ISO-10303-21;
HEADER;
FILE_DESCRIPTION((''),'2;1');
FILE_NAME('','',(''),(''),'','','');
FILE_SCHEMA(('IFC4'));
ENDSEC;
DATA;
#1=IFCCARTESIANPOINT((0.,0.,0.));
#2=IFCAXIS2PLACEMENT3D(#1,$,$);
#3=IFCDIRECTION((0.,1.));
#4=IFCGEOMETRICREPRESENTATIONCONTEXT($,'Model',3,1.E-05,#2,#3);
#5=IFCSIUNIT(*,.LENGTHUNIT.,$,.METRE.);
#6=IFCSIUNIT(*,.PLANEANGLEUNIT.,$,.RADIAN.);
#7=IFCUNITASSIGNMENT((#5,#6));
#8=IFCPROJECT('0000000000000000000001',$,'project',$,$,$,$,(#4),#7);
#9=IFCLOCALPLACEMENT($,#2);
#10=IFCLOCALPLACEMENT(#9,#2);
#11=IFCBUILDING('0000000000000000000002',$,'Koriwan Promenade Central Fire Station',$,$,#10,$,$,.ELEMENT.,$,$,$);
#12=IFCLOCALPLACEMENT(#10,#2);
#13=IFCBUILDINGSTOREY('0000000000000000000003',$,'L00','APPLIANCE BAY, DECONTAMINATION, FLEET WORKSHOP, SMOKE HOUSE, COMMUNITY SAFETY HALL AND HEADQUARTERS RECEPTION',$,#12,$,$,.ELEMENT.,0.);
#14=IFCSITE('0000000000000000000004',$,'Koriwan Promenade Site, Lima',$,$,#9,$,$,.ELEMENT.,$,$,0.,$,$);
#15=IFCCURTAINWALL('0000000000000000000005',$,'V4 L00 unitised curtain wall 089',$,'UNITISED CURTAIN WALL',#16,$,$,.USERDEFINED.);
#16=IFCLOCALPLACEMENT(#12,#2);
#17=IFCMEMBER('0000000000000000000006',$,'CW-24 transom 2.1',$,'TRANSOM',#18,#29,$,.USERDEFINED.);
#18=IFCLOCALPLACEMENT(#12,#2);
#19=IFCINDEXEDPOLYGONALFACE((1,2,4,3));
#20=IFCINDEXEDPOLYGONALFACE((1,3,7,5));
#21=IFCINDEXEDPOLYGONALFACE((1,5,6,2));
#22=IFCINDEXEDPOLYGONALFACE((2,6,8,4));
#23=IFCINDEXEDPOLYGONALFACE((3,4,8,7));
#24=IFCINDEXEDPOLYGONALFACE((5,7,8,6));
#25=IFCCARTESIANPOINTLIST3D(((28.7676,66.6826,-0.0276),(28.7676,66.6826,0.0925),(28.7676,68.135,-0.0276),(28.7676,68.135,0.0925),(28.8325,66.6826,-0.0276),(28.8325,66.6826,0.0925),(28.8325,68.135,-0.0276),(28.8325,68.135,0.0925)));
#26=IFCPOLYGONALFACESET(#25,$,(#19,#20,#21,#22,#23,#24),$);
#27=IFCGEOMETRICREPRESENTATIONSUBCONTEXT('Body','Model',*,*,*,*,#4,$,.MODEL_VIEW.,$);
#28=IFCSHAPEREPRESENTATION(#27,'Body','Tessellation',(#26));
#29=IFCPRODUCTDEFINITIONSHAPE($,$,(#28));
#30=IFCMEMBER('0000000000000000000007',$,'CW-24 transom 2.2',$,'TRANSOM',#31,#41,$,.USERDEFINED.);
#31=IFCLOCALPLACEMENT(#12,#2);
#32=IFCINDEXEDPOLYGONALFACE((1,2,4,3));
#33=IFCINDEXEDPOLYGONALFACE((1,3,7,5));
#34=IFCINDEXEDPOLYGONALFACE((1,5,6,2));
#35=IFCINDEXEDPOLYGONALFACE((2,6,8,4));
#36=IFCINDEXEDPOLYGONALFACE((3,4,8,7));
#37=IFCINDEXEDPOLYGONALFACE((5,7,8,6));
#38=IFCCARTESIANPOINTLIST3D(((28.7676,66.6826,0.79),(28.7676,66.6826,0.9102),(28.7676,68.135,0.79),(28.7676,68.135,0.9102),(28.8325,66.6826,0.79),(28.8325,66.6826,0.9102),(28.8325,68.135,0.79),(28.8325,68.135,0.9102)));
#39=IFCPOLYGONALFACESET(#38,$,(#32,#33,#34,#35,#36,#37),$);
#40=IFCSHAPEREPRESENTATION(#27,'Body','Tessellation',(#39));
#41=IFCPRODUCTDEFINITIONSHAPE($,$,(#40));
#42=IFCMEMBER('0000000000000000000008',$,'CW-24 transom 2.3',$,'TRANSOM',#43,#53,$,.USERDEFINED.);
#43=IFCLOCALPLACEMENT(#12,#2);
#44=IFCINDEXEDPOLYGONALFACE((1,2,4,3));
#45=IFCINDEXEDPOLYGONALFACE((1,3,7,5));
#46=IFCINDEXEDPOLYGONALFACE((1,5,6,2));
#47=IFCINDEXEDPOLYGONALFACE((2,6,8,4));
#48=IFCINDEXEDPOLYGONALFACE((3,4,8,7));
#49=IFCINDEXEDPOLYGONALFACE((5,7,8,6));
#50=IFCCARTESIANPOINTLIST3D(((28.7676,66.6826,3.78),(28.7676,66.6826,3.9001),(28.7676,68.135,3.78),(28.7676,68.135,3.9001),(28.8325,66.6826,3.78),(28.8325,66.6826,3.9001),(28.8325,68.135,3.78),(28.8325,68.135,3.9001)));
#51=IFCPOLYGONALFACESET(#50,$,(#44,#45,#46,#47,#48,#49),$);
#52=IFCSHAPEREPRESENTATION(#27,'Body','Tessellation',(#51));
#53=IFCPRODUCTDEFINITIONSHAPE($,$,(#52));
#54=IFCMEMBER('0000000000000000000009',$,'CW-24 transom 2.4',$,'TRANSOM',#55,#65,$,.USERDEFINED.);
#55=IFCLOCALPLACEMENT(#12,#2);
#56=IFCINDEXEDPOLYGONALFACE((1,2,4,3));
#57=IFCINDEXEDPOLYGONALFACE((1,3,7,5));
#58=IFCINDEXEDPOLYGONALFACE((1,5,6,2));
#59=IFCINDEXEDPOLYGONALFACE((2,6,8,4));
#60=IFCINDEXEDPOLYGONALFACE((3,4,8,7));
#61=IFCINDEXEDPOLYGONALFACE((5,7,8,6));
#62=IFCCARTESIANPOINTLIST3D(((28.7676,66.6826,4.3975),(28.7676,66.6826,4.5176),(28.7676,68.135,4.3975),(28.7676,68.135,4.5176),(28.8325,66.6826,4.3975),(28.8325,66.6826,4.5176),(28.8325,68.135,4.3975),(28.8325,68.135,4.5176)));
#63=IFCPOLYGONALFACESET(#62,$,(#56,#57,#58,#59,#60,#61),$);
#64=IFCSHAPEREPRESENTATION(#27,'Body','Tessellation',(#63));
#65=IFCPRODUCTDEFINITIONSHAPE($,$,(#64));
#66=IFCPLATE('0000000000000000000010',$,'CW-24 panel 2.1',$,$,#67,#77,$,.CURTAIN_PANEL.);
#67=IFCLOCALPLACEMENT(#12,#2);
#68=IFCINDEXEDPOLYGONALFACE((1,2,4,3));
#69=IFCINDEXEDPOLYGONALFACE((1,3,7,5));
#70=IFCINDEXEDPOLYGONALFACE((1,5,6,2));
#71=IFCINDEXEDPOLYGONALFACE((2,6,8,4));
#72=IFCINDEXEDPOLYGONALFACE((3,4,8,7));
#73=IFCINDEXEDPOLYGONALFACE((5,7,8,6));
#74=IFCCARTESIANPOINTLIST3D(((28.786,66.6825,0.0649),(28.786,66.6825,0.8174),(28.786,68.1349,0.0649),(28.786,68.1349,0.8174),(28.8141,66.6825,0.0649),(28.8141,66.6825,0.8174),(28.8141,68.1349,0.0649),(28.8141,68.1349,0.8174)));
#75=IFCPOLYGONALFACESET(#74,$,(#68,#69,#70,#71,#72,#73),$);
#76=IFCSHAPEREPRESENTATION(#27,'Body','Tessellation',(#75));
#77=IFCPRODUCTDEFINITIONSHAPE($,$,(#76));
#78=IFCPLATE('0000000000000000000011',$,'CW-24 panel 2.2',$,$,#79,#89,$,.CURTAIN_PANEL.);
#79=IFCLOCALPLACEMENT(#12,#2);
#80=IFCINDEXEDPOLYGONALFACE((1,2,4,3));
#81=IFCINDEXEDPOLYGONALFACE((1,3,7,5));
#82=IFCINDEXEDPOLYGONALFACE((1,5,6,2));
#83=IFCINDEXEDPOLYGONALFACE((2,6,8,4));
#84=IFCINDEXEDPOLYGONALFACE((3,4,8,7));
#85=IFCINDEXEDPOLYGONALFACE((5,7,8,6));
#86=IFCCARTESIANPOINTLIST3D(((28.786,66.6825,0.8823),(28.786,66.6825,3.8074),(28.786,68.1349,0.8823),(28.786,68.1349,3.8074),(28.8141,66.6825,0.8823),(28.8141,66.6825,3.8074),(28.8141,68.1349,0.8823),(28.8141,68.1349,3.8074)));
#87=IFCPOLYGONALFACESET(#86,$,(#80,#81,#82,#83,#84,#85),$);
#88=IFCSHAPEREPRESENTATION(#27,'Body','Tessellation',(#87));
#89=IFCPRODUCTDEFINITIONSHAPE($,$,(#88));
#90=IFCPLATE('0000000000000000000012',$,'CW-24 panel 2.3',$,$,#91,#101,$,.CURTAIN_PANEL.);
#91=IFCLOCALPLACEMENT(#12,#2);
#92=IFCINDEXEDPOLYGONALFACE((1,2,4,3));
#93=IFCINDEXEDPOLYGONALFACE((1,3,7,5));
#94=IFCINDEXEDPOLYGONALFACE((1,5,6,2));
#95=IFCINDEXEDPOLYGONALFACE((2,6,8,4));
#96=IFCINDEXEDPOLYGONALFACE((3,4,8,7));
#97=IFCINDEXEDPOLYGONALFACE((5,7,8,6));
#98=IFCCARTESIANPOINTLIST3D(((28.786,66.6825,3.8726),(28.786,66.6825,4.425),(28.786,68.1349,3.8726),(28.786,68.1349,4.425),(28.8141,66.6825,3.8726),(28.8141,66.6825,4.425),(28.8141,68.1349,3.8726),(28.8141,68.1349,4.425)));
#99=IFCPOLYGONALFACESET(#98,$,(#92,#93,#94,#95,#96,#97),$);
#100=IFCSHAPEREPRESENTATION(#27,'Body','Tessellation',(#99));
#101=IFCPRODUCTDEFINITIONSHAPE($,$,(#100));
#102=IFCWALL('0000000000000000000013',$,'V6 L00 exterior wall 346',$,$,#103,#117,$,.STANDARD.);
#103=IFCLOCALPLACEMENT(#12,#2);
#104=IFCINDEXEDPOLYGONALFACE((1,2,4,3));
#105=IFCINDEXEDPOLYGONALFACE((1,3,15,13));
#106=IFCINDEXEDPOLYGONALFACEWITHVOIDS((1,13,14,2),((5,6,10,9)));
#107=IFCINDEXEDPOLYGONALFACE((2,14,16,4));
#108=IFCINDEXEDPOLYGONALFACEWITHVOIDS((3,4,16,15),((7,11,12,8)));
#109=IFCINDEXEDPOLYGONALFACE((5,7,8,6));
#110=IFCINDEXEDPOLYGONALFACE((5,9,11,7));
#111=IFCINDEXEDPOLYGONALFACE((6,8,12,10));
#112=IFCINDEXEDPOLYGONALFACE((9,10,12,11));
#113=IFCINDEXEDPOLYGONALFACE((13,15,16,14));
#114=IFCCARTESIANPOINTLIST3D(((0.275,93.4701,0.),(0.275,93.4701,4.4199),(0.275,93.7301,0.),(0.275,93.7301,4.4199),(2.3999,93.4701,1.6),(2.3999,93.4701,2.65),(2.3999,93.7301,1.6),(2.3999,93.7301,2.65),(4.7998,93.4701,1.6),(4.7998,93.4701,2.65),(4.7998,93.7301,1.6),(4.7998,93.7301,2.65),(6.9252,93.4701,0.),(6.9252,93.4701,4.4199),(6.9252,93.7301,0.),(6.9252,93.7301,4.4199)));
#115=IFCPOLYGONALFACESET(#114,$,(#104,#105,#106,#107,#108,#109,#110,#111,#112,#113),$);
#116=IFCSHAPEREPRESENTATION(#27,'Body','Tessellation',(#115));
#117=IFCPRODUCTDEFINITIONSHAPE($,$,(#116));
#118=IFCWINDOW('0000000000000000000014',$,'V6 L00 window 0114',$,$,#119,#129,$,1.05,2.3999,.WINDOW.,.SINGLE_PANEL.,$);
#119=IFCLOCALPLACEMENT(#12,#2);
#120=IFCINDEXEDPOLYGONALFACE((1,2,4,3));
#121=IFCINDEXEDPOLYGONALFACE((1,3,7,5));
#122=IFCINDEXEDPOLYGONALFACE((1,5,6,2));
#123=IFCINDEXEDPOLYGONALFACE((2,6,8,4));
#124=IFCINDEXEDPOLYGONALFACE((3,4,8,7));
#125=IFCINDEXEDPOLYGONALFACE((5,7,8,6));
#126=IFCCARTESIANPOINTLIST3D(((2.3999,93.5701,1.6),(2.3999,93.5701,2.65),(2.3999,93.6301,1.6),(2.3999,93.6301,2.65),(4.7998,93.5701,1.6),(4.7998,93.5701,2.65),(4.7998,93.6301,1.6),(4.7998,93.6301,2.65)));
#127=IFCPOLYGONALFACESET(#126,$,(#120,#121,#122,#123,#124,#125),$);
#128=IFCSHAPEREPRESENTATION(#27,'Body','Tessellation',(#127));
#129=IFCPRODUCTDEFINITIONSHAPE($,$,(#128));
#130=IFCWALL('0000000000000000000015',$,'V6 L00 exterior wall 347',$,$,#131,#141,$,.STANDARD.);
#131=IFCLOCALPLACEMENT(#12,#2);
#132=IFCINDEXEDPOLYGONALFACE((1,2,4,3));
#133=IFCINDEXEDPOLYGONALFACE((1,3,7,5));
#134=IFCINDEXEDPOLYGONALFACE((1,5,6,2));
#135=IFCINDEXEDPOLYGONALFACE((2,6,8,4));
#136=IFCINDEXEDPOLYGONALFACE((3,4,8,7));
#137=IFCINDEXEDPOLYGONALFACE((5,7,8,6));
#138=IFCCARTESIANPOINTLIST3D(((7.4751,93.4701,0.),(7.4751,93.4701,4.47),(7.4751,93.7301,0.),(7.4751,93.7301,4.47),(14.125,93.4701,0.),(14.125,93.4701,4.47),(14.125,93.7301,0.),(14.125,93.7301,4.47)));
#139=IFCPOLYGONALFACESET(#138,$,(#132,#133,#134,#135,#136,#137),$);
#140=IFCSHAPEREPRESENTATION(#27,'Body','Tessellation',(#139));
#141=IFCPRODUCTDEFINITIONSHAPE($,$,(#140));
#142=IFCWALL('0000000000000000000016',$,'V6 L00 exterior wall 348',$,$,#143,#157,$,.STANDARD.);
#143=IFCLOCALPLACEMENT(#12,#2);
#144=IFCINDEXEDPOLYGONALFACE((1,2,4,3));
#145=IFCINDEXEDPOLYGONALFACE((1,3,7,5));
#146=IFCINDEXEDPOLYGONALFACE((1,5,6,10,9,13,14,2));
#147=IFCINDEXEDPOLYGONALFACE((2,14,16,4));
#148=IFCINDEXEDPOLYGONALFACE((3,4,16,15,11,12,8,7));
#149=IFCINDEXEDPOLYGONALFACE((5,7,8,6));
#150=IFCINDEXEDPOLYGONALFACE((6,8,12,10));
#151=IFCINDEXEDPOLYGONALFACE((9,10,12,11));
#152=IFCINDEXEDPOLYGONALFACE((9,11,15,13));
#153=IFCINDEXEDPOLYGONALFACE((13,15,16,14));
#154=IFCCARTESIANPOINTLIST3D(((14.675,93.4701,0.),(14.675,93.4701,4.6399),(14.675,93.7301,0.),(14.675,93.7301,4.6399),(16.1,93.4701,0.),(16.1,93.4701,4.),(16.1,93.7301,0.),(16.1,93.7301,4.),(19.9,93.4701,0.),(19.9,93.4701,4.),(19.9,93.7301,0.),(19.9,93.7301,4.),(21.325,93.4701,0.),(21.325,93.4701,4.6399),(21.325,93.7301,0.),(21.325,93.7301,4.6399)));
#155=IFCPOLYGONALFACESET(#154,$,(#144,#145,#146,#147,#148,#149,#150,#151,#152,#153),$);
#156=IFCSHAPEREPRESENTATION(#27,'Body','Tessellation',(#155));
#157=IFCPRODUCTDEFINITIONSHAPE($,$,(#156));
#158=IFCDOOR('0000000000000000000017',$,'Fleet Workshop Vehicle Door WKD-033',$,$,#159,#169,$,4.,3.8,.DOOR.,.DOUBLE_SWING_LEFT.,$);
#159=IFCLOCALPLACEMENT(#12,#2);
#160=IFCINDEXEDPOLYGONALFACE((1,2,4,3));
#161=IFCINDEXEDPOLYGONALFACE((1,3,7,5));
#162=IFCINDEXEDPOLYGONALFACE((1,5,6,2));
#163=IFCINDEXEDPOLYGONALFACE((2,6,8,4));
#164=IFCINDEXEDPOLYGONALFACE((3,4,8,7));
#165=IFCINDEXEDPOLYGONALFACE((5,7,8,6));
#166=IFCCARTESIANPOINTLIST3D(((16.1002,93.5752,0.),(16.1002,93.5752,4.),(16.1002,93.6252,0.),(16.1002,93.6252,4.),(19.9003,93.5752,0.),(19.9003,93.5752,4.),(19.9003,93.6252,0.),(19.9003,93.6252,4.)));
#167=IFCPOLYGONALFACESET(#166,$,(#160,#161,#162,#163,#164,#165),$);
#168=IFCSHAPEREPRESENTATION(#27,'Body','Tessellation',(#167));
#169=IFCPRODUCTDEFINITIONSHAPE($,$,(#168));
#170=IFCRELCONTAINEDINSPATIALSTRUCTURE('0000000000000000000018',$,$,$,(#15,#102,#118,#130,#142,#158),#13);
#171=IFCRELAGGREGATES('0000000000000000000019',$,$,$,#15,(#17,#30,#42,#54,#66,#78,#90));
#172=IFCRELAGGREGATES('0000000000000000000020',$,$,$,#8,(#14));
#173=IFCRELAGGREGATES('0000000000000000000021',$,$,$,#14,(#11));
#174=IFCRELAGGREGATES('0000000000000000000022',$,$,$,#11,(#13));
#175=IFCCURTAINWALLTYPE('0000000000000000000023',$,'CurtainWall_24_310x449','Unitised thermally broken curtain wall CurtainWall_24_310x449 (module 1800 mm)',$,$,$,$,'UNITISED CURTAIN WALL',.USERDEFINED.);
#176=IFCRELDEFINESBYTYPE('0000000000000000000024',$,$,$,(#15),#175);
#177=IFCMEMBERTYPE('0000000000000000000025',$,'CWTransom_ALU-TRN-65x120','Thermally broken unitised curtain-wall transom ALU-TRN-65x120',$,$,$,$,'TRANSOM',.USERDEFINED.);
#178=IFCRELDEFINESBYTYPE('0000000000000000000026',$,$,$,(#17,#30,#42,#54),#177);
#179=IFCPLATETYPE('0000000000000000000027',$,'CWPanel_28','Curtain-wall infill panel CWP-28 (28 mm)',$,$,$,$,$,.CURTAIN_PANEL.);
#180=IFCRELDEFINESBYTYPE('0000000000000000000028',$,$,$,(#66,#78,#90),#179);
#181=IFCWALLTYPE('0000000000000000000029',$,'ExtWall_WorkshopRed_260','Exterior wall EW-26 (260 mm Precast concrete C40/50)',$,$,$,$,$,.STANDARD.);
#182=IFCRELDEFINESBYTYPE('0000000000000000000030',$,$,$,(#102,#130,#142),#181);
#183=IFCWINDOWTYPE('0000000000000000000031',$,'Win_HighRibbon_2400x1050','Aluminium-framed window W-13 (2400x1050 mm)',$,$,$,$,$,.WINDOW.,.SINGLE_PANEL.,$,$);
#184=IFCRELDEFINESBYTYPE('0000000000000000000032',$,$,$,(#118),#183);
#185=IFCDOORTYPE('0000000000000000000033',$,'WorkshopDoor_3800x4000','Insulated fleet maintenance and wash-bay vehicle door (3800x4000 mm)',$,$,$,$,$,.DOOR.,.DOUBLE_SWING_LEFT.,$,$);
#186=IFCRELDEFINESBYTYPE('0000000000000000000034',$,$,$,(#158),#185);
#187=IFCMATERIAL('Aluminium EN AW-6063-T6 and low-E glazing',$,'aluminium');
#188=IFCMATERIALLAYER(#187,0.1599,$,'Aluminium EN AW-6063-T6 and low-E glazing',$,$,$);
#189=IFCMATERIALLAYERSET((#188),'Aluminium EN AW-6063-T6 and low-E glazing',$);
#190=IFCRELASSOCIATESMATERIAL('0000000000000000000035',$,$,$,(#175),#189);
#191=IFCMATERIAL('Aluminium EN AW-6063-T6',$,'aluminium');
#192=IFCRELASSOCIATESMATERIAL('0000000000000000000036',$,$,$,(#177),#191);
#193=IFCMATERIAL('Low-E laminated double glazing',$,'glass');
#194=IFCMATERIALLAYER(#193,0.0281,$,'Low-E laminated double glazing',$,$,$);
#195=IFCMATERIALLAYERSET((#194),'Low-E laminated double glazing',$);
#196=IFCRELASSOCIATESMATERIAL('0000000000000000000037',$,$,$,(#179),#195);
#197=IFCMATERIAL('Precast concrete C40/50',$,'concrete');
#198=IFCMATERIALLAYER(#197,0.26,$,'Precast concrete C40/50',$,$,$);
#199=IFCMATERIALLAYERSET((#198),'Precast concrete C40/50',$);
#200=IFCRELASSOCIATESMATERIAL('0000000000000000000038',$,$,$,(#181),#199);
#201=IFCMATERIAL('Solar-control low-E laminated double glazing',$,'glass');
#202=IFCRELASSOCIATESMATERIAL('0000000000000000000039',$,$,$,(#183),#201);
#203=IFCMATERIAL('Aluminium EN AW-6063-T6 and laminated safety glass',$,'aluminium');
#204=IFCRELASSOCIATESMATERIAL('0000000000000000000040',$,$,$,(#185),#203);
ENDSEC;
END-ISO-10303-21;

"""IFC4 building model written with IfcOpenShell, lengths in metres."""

from ifc_helpers import new_model, si_unit, direction, frame, frame_2d, origin, origin_2d, place, context, subcontext, project, spatial, rectangle, extrude, material, layer, layer_set, material_profile, profile_set, type_object, element, fill, aggregate, save


model = new_model("IFC4")

# Units and contexts
model_context = context("Model", 3, precision=1e-05, world=origin(), true_north=direction((0.0, 1.0)))
body_context = subcontext(model_context, "Body", "Model", "MODEL_VIEW")
ifc_project = project(units=[si_unit("LENGTHUNIT", "METRE"), si_unit("PLANEANGLEUNIT", "RADIAN")], contexts=[model_context])

# Site, building, storey
site_placement = place(None, origin())
site = spatial("IfcSite", under=ifc_project, at=site_placement, Name="Koriwan Promenade Site, Lima", CompositionType="ELEMENT", RefElevation=0.0)
building_placement = place(site_placement, origin())
building = spatial("IfcBuilding", under=site, at=building_placement, Name="Koriwan Promenade Central Fire Station", CompositionType="ELEMENT")
storey_placement = place(building_placement, origin())
storey = spatial("IfcBuildingStorey", under=building, at=storey_placement, Name="L00", Description="APPLIANCE BAY, DECONTAMINATION, FLEET WORKSHOP, SMOKE HOUSE, COMMUNITY SAFETY HALL AND HEADQUARTERS RECEPTION", CompositionType="ELEMENT", Elevation=0.0)

# Curtain wall, members, plates
ifc_material_1 = material(Name="Aluminium EN AW-6063-T6 and low-E glazing", Category="aluminium")
ifc_layer_1 = layer(ifc_material_1, 0.1599, Name="Aluminium EN AW-6063-T6 and low-E glazing")
ifc_layer_set_1 = layer_set([ifc_layer_1], Name="Aluminium EN AW-6063-T6 and low-E glazing")
curtain_wall_type = type_object("IfcCurtainWallType", Name="CurtainWall_24_310x449", Description="Unitised thermally broken curtain wall CurtainWall_24_310x449 (module 1800 mm)", ElementType="UNITISED CURTAIN WALL", PredefinedType="USERDEFINED", material=ifc_layer_set_1)
curtain_wall_placement = place(storey_placement, origin())
curtain_wall = element("IfcCurtainWall", 1, at=curtain_wall_placement, inside=storey, type_object=curtain_wall_type, Name="V4 L00 unitised curtain wall 089", ObjectType="UNITISED CURTAIN WALL", PredefinedType="USERDEFINED")
ifc_material_2 = material(Name="Aluminium EN AW-6063-T6", Category="aluminium")
ifc_material_profile_1 = material_profile(ifc_material_2, rectangle(XDim=0.0649, YDim=0.1201, at=origin_2d()), Name="ALU-TRN-65x120")
ifc_profile_set_1 = profile_set([ifc_material_profile_1], Name="Aluminium EN AW-6063-T6")
member_type = type_object("IfcMemberType", Name="CWTransom_ALU-TRN-65x120", Description="Thermally broken unitised curtain-wall transom ALU-TRN-65x120", ElementType="TRANSOM", PredefinedType="USERDEFINED", material=ifc_profile_set_1)
member_1_placement = place(storey_placement, frame((28.8, 66.6826, 0.0325), z_axis=(0.0, 1.0, 0.0), x_axis=(-1.0, 0.0, 0.0)))
member_1 = element("IfcMember", 2, at=member_1_placement, type_object=member_type, Name="CW-24 transom 2.1", ObjectType="TRANSOM", PredefinedType="USERDEFINED", context=body_context, shape_type="SweptSolid", body=[
    extrude(rectangle(XDim=0.0649, YDim=0.1201, at=origin_2d()), origin(), (0.0, 0.0, 1.0), 1.4524),
])
member_2_placement = place(storey_placement, frame((28.8, 66.6826, 0.8501), z_axis=(0.0, 1.0, 0.0), x_axis=(-1.0, 0.0, 0.0)))
member_2 = element("IfcMember", 3, at=member_2_placement, type_object=member_type, Name="CW-24 transom 2.2", ObjectType="TRANSOM", PredefinedType="USERDEFINED", context=body_context, shape_type="SweptSolid", body=[
    extrude(rectangle(XDim=0.0649, YDim=0.1201, at=origin_2d()), origin(), (0.0, 0.0, 1.0), 1.4524),
])
member_3_placement = place(storey_placement, frame((28.8, 66.6826, 3.8401), z_axis=(0.0, 1.0, 0.0), x_axis=(-1.0, 0.0, 0.0)))
member_3 = element("IfcMember", 4, at=member_3_placement, type_object=member_type, Name="CW-24 transom 2.3", ObjectType="TRANSOM", PredefinedType="USERDEFINED", context=body_context, shape_type="SweptSolid", body=[
    extrude(rectangle(XDim=0.0649, YDim=0.1201, at=origin_2d()), origin(), (0.0, 0.0, 1.0), 1.4524),
])
member_4_placement = place(storey_placement, frame((28.8, 66.6826, 4.4575), z_axis=(0.0, 1.0, 0.0), x_axis=(-1.0, 0.0, 0.0)))
member_4 = element("IfcMember", 5, at=member_4_placement, type_object=member_type, Name="CW-24 transom 2.4", ObjectType="TRANSOM", PredefinedType="USERDEFINED", context=body_context, shape_type="SweptSolid", body=[
    extrude(rectangle(XDim=0.0649, YDim=0.1201, at=origin_2d()), origin(), (0.0, 0.0, 1.0), 1.4524),
])
ifc_material_3 = material(Name="Low-E laminated double glazing", Category="glass")
ifc_layer_2 = layer(ifc_material_3, 0.0281, Name="Low-E laminated double glazing")
ifc_layer_set_2 = layer_set([ifc_layer_2], Name="Low-E laminated double glazing")
plate_type = type_object("IfcPlateType", Name="CWPanel_28", Description="Curtain-wall infill panel CWP-28 (28 mm)", PredefinedType="CURTAIN_PANEL", material=ifc_layer_set_2)
plate_1_placement = place(storey_placement, frame((28.8, 67.4087, 0.0649), z_axis=(0.0, 0.0, 1.0), x_axis=(0.0, 1.0, 0.0)))
plate_1 = element("IfcPlate", 6, at=plate_1_placement, type_object=plate_type, Name="CW-24 panel 2.1", PredefinedType="CURTAIN_PANEL", context=body_context, shape_type="SweptSolid", body=[
    extrude(rectangle(XDim=1.4524, YDim=0.0281, at=origin_2d()), origin(), (0.0, 0.0, 1.0), 0.7524),
])
plate_2_placement = place(storey_placement, frame((28.8, 67.4087, 0.8823), z_axis=(0.0, 0.0, 1.0), x_axis=(0.0, 1.0, 0.0)))
plate_2 = element("IfcPlate", 7, at=plate_2_placement, type_object=plate_type, Name="CW-24 panel 2.2", PredefinedType="CURTAIN_PANEL", context=body_context, shape_type="SweptSolid", body=[
    extrude(rectangle(XDim=1.4524, YDim=0.0281, at=origin_2d()), origin(), (0.0, 0.0, 1.0), 2.925),
])
plate_3_placement = place(storey_placement, frame((28.8, 67.4087, 3.8726), z_axis=(0.0, 0.0, 1.0), x_axis=(0.0, 1.0, 0.0)))
plate_3 = element("IfcPlate", 8, at=plate_3_placement, type_object=plate_type, Name="CW-24 panel 2.3", PredefinedType="CURTAIN_PANEL", context=body_context, shape_type="SweptSolid", body=[
    extrude(rectangle(XDim=1.4524, YDim=0.0281, at=origin_2d()), origin(), (0.0, 0.0, 1.0), 0.5525),
])
aggregate(curtain_wall, [member_1, member_2, member_3, member_4, plate_1, plate_2, plate_3])

# Wall, opening, window
ifc_material_4 = material(Name="Precast concrete C40/50", Category="concrete")
ifc_layer_3 = layer(ifc_material_4, 0.26, Name="Precast concrete C40/50")
ifc_layer_set_3 = layer_set([ifc_layer_3], Name="Precast concrete C40/50")
wall_type = type_object("IfcWallType", Name="ExtWall_WorkshopRed_260", Description="Exterior wall EW-26 (260 mm Precast concrete C40/50)", PredefinedType="STANDARD", material=ifc_layer_set_3)
wall_1_placement = place(storey_placement, frame((0.2749, 93.6001, 0.0), z_axis=(0.0, 0.0, 1.0), x_axis=(1.0, 0.0, 0.0)))
wall_1 = element("IfcWall", 9, at=wall_1_placement, inside=storey, type_object=wall_type, Name="V6 L00 exterior wall 346", PredefinedType="STANDARD", context=body_context, shape_type="SweptSolid", body=[
    extrude(rectangle(XDim=6.6501, YDim=0.26, at=frame_2d((3.3252, 0.0))), origin(), (0.0, 0.0, 1.0), 4.4199),
])
opening_1_placement = place(wall_1_placement, frame((2.125, 0.0, 1.6001)))
opening_1 = element("IfcOpeningElement", 10, at=opening_1_placement, cuts=wall_1, PredefinedType="OPENING", context=body_context, shape_type="SweptSolid", body=[
    extrude(rectangle(XDim=2.3999, YDim=1.05, at=frame_2d((1.2, 0.5249))), frame((0.0, 0.1421, 0.0), z_axis=(0.0, -1.0, 0.0), x_axis=(1.0, 0.0, 0.0)), (0.0, 0.0, 1.0), 0.2839),
])
ifc_material_5 = material(Name="Solar-control low-E laminated double glazing", Category="glass")
window_type = type_object("IfcWindowType", Name="Win_HighRibbon_2400x1050", Description="Aluminium-framed window W-13 (2400x1050 mm)", PartitioningType="SINGLE_PANEL", PredefinedType="WINDOW", material=ifc_material_5)
window_placement = place(opening_1_placement, origin())
window = element("IfcWindow", 11, at=window_placement, inside=storey, type_object=window_type, Name="V6 L00 window 0114", OverallHeight=1.05, OverallWidth=2.3999, PartitioningType="SINGLE_PANEL", PredefinedType="WINDOW", context=body_context, shape_type="SweptSolid", body=[
    extrude(rectangle(XDim=2.3999, YDim=1.05, at=frame_2d((1.2, 0.5249))), frame((0.0, 0.03, 0.0), z_axis=(0.0, -1.0, 0.0), x_axis=(1.0, 0.0, 0.0)), (0.0, 0.0, 1.0), 0.0601),
])
fill(opening_1, window)

# Wall
wall_2_placement = place(storey_placement, frame((7.4751, 93.6001, 0.0), z_axis=(0.0, 0.0, 1.0), x_axis=(1.0, 0.0, 0.0)))
element("IfcWall", 12, at=wall_2_placement, inside=storey, type_object=wall_type, Name="V6 L00 exterior wall 347", PredefinedType="STANDARD", context=body_context, shape_type="SweptSolid", body=[
    extrude(rectangle(XDim=6.6499, YDim=0.26, at=frame_2d((3.325, 0.0))), origin(), (0.0, 0.0, 1.0), 4.47),
])

# Wall, opening, door
wall_3_placement = place(storey_placement, frame((14.675, 93.6001, 0.0), z_axis=(0.0, 0.0, 1.0), x_axis=(1.0, 0.0, 0.0)))
wall_3 = element("IfcWall", 13, at=wall_3_placement, inside=storey, type_object=wall_type, Name="V6 L00 exterior wall 348", PredefinedType="STANDARD", context=body_context, shape_type="SweptSolid", body=[
    extrude(rectangle(XDim=6.6499, YDim=0.26, at=frame_2d((3.325, 0.0))), origin(), (0.0, 0.0, 1.0), 4.6399),
])
opening_2_placement = place(wall_3_placement, frame((1.425, 0.0, 0.0)))
opening_2 = element("IfcOpeningElement", 14, at=opening_2_placement, cuts=wall_3, PredefinedType="OPENING", context=body_context, shape_type="SweptSolid", body=[
    extrude(rectangle(XDim=3.8, YDim=4.0, at=frame_2d((1.8999, 2.0))), frame((0.0, 0.1421, 0.0), z_axis=(0.0, -1.0, 0.0), x_axis=(1.0, 0.0, 0.0)), (0.0, 0.0, 1.0), 0.2839),
])
ifc_material_6 = material(Name="Aluminium EN AW-6063-T6 and laminated safety glass", Category="aluminium")
door_type = type_object("IfcDoorType", Name="WorkshopDoor_3800x4000", Description="Insulated fleet maintenance and wash-bay vehicle door (3800x4000 mm)", OperationType="DOUBLE_SWING_LEFT", PredefinedType="DOOR", material=ifc_material_6)
door_placement = place(opening_2_placement, frame((3.8, 0.0, 0.0), z_axis=(0.0, 0.0, 1.0), x_axis=(-1.0, 0.0, 0.0)))
door = element("IfcDoor", 15, at=door_placement, inside=storey, type_object=door_type, Name="Fleet Workshop Vehicle Door WKD-033", OperationType="DOUBLE_SWING_LEFT", OverallHeight=4.0, OverallWidth=3.8, PredefinedType="DOOR", context=body_context, shape_type="SweptSolid", body=[
    extrude(rectangle(XDim=3.8, YDim=4.0, at=frame_2d((1.8999, 2.0))), frame((0.0, 0.0249, 0.0), z_axis=(0.0, -1.0, 0.0), x_axis=(1.0, 0.0, 0.0)), (0.0, 0.0, 1.0), 0.05),
])
fill(opening_2, door)

save(model, "model.ifc")
